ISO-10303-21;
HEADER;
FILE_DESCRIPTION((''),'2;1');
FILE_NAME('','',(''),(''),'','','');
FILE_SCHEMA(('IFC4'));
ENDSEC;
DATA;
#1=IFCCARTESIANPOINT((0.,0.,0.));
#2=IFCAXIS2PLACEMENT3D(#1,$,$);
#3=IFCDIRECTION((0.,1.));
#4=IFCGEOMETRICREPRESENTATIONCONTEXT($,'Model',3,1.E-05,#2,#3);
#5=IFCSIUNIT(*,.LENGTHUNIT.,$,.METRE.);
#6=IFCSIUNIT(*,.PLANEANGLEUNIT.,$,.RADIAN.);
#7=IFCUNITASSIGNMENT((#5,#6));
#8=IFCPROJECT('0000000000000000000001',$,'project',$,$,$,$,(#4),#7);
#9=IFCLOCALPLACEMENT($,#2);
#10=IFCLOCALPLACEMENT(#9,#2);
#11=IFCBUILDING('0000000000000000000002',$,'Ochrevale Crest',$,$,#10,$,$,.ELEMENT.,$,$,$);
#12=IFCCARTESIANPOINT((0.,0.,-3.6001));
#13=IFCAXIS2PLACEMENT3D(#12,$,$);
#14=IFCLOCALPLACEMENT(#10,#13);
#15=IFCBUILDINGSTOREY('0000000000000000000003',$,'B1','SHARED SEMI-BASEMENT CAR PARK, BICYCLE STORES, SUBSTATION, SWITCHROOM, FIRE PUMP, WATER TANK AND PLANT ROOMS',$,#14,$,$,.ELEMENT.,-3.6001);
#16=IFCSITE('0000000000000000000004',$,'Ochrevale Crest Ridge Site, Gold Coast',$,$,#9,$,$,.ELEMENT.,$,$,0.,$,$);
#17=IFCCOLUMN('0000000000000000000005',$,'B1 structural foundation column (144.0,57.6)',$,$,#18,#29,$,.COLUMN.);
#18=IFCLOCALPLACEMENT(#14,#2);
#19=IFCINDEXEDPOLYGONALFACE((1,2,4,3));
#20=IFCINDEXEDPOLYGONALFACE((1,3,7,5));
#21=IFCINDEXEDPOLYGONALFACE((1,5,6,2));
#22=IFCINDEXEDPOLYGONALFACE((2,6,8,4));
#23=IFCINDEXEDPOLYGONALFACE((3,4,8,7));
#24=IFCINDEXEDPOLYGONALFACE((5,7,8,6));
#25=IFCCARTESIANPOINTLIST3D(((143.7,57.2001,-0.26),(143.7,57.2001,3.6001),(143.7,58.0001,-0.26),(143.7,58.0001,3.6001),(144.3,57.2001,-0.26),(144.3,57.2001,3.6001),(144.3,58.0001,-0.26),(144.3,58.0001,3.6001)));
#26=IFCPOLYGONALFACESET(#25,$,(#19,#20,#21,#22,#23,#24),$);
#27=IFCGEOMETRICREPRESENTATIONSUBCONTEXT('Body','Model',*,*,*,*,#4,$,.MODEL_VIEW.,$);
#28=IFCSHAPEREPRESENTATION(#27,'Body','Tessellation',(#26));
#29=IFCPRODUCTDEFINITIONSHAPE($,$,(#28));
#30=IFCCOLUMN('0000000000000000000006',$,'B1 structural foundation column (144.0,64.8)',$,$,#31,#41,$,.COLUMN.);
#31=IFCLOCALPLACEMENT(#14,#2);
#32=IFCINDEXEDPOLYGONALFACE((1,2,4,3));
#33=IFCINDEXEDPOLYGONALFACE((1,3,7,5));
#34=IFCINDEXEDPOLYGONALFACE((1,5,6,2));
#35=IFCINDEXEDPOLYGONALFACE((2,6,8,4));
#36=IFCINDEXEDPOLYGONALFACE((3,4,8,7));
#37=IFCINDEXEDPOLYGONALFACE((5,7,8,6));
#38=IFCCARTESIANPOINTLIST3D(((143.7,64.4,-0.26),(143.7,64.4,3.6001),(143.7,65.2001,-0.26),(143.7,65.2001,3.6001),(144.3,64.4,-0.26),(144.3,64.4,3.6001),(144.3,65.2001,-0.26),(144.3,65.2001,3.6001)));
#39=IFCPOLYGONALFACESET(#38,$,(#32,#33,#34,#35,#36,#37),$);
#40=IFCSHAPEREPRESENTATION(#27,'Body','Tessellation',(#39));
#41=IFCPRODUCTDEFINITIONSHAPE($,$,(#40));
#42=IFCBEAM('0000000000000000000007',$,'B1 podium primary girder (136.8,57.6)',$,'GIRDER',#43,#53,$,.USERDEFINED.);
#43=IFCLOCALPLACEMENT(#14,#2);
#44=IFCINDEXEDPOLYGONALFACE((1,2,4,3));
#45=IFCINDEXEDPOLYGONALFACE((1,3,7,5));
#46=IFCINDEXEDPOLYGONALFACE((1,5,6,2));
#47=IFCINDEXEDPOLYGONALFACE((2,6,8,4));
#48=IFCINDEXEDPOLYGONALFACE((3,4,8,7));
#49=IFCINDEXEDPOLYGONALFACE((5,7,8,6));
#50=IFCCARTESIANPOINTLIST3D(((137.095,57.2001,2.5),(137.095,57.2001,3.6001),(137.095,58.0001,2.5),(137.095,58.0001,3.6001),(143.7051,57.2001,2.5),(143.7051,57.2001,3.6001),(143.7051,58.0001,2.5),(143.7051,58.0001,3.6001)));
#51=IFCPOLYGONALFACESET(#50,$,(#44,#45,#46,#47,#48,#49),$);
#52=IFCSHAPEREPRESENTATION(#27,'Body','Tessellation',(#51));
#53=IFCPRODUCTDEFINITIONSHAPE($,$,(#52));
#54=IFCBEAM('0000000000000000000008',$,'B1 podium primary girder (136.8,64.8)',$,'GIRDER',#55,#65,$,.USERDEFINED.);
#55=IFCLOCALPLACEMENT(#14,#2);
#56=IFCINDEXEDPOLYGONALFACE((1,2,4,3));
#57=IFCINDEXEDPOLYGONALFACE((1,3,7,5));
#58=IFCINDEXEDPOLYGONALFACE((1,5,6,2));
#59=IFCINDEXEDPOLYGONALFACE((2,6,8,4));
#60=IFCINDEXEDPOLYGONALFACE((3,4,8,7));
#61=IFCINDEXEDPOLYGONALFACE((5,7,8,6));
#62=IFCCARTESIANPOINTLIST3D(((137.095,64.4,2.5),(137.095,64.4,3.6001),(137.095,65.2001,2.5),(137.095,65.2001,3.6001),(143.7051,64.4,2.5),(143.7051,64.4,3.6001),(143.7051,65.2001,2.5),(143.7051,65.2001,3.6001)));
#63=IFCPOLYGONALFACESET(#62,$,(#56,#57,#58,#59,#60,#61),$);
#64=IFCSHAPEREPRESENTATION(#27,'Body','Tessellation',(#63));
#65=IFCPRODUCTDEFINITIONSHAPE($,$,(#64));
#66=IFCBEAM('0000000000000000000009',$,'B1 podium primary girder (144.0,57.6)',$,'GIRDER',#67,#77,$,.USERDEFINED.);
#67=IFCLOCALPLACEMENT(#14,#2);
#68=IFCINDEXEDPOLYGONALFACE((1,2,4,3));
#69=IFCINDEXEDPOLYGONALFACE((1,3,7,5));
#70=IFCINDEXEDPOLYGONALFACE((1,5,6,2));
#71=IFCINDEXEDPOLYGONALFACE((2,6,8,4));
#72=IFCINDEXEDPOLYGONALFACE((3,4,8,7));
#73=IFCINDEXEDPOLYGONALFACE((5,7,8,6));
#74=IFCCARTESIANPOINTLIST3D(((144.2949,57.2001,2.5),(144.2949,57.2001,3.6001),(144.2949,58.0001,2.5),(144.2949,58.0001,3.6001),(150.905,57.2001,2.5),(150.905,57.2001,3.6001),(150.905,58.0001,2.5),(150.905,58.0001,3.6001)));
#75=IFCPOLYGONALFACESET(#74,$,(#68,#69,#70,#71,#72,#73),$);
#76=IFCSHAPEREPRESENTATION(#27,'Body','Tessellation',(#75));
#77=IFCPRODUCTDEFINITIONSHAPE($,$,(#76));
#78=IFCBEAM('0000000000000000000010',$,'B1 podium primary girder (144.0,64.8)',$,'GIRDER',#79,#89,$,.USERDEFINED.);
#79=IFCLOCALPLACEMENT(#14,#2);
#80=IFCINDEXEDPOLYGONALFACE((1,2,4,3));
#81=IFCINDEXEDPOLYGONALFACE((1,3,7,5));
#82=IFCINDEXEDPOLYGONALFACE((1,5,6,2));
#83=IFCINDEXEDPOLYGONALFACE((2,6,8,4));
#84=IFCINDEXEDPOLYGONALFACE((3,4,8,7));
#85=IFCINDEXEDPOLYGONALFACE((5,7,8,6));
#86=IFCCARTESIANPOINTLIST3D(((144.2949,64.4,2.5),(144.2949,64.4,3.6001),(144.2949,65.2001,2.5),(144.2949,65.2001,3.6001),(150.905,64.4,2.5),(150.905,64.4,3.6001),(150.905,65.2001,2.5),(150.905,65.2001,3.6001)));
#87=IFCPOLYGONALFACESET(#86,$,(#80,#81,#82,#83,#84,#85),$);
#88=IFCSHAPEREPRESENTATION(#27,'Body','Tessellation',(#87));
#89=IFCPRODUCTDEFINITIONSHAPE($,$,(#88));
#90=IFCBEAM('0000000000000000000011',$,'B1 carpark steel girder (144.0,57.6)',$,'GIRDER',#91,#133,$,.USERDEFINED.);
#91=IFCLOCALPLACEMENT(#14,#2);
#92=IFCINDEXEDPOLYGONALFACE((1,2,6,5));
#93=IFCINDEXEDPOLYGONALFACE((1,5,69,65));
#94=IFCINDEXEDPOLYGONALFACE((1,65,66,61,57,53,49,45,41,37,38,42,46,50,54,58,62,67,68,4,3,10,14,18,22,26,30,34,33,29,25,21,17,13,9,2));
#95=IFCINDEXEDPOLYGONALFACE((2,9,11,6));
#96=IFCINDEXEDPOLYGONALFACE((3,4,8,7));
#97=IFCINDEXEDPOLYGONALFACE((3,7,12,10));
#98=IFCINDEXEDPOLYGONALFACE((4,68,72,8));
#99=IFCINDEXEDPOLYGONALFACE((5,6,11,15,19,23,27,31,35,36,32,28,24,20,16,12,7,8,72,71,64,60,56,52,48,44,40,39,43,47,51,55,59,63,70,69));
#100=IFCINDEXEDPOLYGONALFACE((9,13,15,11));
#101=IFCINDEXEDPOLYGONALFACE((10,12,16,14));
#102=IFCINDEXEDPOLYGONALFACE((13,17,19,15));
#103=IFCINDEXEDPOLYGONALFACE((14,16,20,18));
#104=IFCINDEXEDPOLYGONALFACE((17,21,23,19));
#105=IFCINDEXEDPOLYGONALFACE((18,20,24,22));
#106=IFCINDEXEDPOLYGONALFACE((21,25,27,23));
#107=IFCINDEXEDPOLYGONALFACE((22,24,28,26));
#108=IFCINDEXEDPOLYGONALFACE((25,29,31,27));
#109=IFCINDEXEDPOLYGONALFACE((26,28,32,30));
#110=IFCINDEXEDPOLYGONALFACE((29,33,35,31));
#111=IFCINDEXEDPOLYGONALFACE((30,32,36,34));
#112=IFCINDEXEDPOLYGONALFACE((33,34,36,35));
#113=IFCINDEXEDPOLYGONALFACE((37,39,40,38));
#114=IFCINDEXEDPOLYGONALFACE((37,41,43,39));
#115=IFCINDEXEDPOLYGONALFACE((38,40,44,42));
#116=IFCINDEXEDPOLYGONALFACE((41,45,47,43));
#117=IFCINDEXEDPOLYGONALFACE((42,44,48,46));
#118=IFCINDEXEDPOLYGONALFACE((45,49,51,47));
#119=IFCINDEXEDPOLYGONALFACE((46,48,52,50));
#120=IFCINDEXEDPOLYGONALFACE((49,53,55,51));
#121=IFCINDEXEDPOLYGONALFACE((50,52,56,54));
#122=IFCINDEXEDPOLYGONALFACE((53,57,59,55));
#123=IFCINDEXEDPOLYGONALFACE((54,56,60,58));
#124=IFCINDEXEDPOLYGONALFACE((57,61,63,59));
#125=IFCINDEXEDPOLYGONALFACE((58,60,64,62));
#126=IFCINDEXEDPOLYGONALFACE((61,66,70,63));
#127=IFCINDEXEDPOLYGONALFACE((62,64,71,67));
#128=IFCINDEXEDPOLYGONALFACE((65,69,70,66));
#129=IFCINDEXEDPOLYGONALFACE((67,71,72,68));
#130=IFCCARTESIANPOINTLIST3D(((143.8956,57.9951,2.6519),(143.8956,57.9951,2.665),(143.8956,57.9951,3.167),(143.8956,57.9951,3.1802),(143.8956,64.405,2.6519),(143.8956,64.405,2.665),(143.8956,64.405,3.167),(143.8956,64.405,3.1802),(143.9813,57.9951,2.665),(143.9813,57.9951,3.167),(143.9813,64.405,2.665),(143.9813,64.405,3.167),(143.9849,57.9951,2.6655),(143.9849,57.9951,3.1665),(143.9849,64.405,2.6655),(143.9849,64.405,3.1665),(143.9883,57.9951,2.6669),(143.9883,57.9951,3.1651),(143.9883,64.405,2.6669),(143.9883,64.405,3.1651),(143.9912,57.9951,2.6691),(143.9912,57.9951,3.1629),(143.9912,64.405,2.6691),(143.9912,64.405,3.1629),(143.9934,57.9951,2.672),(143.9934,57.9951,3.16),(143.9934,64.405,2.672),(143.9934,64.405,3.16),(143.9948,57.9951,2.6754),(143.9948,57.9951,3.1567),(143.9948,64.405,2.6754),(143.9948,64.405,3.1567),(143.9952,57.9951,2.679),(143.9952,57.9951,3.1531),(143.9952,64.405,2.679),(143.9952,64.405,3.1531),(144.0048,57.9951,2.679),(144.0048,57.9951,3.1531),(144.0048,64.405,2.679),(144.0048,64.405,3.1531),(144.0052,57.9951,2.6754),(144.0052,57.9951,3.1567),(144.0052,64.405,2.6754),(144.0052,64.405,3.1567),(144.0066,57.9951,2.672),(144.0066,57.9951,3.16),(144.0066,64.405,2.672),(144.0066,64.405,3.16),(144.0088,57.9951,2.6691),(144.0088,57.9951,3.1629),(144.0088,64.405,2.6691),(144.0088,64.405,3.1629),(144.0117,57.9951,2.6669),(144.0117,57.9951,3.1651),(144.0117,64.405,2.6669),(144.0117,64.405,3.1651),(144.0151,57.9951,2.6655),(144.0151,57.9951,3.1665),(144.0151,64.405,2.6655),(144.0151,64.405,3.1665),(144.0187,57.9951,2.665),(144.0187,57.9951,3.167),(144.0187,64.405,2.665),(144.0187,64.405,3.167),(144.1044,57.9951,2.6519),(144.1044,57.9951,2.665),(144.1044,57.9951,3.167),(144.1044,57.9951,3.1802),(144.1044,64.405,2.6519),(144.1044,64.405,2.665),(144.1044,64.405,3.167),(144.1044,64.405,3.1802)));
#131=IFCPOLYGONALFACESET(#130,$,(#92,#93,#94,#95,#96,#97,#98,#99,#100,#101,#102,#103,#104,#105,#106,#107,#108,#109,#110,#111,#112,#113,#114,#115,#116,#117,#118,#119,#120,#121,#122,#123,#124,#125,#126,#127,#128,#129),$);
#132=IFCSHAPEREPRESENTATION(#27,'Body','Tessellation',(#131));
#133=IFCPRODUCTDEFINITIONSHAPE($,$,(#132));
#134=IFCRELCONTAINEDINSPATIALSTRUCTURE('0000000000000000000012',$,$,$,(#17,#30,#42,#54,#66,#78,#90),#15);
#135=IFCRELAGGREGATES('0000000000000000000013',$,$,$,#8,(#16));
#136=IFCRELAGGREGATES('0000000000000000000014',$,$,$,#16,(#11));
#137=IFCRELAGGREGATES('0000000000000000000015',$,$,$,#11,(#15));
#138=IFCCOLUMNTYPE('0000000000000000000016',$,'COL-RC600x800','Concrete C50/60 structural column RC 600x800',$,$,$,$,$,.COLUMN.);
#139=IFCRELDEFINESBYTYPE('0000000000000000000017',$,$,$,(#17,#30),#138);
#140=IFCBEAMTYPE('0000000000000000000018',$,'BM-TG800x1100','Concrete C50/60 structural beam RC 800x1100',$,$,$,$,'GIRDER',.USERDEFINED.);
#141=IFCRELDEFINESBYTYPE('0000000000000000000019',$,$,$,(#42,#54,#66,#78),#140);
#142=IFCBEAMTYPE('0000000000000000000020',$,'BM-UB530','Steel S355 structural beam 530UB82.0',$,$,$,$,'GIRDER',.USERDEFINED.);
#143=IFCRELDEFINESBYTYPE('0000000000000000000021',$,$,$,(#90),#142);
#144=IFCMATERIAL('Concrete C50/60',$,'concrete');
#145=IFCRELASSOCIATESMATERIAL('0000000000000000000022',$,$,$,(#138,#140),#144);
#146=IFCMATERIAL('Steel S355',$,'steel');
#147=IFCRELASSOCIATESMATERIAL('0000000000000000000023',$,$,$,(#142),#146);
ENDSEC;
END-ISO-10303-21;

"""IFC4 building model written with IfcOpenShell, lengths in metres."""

from ifc_helpers import new_model, si_unit, direction, frame, origin, origin_2d, place, context, subcontext, project, spatial, rectangle, i_section, extrude, material, material_profile, profile_set, type_object, element, save


model = new_model("IFC4")

# Units and contexts
model_context = context("Model", 3, precision=1e-05, world=origin(), true_north=direction((0.0, 1.0)))
body_context = subcontext(model_context, "Body", "Model", "MODEL_VIEW")
ifc_project = project(units=[si_unit("LENGTHUNIT", "METRE"), si_unit("PLANEANGLEUNIT", "RADIAN")], contexts=[model_context])

# Site, building, storey
site_placement = place(None, origin())
site = spatial("IfcSite", under=ifc_project, at=site_placement, Name="Ochrevale Crest Ridge Site, Gold Coast", CompositionType="ELEMENT", RefElevation=0.0)
building_placement = place(site_placement, origin())
building = spatial("IfcBuilding", under=site, at=building_placement, Name="Ochrevale Crest", CompositionType="ELEMENT")
storey_placement = place(building_placement, frame((0.0, 0.0, -3.6001)))
storey = spatial("IfcBuildingStorey", under=building, at=storey_placement, Name="B1", Description="SHARED SEMI-BASEMENT CAR PARK, BICYCLE STORES, SUBSTATION, SWITCHROOM, FIRE PUMP, WATER TANK AND PLANT ROOMS", CompositionType="ELEMENT", Elevation=-3.6001)

# Columns
ifc_material_1 = material(Name="Concrete C50/60", Category="concrete")
ifc_material_profile_1 = material_profile(ifc_material_1, rectangle(XDim=0.6001, YDim=0.8, at=origin_2d()), Name="RC 600x800")
ifc_profile_set_1 = profile_set([ifc_material_profile_1], Name="Concrete C50/60")
column_type = type_object("IfcColumnType", Name="COL-RC600x800", Description="Concrete C50/60 structural column RC 600x800", PredefinedType="COLUMN", material=ifc_profile_set_1)
for number, where, z_axis, x_axis, name in (
    (1, (144.0, 57.6001, -0.26), (0.0, 0.0, 1.0), (1.0, 0.0, 0.0), "B1 structural foundation column (144.0,57.6)"),
    (2, (144.0, 64.8, -0.26), (0.0, 0.0, 1.0), (1.0, 0.0, 0.0), "B1 structural foundation column (144.0,64.8)"),
):
    element("IfcColumn", number, at=place(storey_placement, frame(where, z_axis=z_axis, x_axis=x_axis)), inside=storey, type_object=column_type, Name=name, PredefinedType="COLUMN", context=body_context, shape_type="SweptSolid", body=[
        extrude(rectangle(XDim=0.6001, YDim=0.8, at=origin_2d()), origin(), (0.0, 0.0, 1.0), 3.8601),
    ])

# Beams
ifc_material_profile_2 = material_profile(ifc_material_1, rectangle(XDim=0.8, YDim=1.1001, at=origin_2d()), Name="RC 800x1100")
ifc_profile_set_2 = profile_set([ifc_material_profile_2], Name="Concrete C50/60")
beam_type_1 = type_object("IfcBeamType", Name="BM-TG800x1100", Description="Concrete C50/60 structural beam RC 800x1100", ElementType="GIRDER", PredefinedType="USERDEFINED", material=ifc_profile_set_2)
for number, where, z_axis, x_axis, name in (
    (3, (137.095, 57.6001, 3.05), (1.0, 0.0, 0.0), (0.0, 1.0, 0.0), "B1 podium primary girder (136.8,57.6)"),
    (4, (137.095, 64.8, 3.05), (1.0, 0.0, 0.0), (0.0, 1.0, 0.0), "B1 podium primary girder (136.8,64.8)"),
    (5, (144.2949, 57.6001, 3.05), (1.0, 0.0, 0.0), (0.0, 1.0, 0.0), "B1 podium primary girder (144.0,57.6)"),
    (6, (144.2949, 64.8, 3.05), (1.0, 0.0, 0.0), (0.0, 1.0, 0.0), "B1 podium primary girder (144.0,64.8)"),
):
    element("IfcBeam", number, at=place(storey_placement, frame(where, z_axis=z_axis, x_axis=x_axis)), inside=storey, type_object=beam_type_1, Name=name, ObjectType="GIRDER", PredefinedType="USERDEFINED", context=body_context, shape_type="SweptSolid", body=[
        extrude(rectangle(XDim=0.8, YDim=1.1001, at=origin_2d()), origin(), (0.0, 0.0, 1.0), 6.6101),
    ])
ifc_material_2 = material(Name="Steel S355", Category="steel")
ifc_material_profile_3 = material_profile(ifc_material_2, i_section(OverallWidth=0.2087, OverallDepth=0.5283, WebThickness=0.0095, FlangeThickness=0.0132, FilletRadius=0.0139, at=origin_2d()), Name="530UB82.0")
ifc_profile_set_3 = profile_set([ifc_material_profile_3], Name="Steel S355")
beam_type_2 = type_object("IfcBeamType", Name="BM-UB530", Description="Steel S355 structural beam 530UB82.0", ElementType="GIRDER", PredefinedType="USERDEFINED", material=ifc_profile_set_3)
beam_placement = place(storey_placement, frame((144.0, 57.9951, 2.916), z_axis=(0.0, 1.0, 0.0), x_axis=(-1.0, 0.0, 0.0)))
element("IfcBeam", 7, at=beam_placement, inside=storey, type_object=beam_type_2, Name="B1 carpark steel girder (144.0,57.6)", ObjectType="GIRDER", PredefinedType="USERDEFINED", context=body_context, shape_type="SweptSolid", body=[
    extrude(i_section(OverallWidth=0.2087, OverallDepth=0.5283, WebThickness=0.0095, FlangeThickness=0.0132, FilletRadius=0.0139, at=origin_2d()), origin(), (0.0, 0.0, 1.0), 6.4099),
])

save(model, "model.ifc")
